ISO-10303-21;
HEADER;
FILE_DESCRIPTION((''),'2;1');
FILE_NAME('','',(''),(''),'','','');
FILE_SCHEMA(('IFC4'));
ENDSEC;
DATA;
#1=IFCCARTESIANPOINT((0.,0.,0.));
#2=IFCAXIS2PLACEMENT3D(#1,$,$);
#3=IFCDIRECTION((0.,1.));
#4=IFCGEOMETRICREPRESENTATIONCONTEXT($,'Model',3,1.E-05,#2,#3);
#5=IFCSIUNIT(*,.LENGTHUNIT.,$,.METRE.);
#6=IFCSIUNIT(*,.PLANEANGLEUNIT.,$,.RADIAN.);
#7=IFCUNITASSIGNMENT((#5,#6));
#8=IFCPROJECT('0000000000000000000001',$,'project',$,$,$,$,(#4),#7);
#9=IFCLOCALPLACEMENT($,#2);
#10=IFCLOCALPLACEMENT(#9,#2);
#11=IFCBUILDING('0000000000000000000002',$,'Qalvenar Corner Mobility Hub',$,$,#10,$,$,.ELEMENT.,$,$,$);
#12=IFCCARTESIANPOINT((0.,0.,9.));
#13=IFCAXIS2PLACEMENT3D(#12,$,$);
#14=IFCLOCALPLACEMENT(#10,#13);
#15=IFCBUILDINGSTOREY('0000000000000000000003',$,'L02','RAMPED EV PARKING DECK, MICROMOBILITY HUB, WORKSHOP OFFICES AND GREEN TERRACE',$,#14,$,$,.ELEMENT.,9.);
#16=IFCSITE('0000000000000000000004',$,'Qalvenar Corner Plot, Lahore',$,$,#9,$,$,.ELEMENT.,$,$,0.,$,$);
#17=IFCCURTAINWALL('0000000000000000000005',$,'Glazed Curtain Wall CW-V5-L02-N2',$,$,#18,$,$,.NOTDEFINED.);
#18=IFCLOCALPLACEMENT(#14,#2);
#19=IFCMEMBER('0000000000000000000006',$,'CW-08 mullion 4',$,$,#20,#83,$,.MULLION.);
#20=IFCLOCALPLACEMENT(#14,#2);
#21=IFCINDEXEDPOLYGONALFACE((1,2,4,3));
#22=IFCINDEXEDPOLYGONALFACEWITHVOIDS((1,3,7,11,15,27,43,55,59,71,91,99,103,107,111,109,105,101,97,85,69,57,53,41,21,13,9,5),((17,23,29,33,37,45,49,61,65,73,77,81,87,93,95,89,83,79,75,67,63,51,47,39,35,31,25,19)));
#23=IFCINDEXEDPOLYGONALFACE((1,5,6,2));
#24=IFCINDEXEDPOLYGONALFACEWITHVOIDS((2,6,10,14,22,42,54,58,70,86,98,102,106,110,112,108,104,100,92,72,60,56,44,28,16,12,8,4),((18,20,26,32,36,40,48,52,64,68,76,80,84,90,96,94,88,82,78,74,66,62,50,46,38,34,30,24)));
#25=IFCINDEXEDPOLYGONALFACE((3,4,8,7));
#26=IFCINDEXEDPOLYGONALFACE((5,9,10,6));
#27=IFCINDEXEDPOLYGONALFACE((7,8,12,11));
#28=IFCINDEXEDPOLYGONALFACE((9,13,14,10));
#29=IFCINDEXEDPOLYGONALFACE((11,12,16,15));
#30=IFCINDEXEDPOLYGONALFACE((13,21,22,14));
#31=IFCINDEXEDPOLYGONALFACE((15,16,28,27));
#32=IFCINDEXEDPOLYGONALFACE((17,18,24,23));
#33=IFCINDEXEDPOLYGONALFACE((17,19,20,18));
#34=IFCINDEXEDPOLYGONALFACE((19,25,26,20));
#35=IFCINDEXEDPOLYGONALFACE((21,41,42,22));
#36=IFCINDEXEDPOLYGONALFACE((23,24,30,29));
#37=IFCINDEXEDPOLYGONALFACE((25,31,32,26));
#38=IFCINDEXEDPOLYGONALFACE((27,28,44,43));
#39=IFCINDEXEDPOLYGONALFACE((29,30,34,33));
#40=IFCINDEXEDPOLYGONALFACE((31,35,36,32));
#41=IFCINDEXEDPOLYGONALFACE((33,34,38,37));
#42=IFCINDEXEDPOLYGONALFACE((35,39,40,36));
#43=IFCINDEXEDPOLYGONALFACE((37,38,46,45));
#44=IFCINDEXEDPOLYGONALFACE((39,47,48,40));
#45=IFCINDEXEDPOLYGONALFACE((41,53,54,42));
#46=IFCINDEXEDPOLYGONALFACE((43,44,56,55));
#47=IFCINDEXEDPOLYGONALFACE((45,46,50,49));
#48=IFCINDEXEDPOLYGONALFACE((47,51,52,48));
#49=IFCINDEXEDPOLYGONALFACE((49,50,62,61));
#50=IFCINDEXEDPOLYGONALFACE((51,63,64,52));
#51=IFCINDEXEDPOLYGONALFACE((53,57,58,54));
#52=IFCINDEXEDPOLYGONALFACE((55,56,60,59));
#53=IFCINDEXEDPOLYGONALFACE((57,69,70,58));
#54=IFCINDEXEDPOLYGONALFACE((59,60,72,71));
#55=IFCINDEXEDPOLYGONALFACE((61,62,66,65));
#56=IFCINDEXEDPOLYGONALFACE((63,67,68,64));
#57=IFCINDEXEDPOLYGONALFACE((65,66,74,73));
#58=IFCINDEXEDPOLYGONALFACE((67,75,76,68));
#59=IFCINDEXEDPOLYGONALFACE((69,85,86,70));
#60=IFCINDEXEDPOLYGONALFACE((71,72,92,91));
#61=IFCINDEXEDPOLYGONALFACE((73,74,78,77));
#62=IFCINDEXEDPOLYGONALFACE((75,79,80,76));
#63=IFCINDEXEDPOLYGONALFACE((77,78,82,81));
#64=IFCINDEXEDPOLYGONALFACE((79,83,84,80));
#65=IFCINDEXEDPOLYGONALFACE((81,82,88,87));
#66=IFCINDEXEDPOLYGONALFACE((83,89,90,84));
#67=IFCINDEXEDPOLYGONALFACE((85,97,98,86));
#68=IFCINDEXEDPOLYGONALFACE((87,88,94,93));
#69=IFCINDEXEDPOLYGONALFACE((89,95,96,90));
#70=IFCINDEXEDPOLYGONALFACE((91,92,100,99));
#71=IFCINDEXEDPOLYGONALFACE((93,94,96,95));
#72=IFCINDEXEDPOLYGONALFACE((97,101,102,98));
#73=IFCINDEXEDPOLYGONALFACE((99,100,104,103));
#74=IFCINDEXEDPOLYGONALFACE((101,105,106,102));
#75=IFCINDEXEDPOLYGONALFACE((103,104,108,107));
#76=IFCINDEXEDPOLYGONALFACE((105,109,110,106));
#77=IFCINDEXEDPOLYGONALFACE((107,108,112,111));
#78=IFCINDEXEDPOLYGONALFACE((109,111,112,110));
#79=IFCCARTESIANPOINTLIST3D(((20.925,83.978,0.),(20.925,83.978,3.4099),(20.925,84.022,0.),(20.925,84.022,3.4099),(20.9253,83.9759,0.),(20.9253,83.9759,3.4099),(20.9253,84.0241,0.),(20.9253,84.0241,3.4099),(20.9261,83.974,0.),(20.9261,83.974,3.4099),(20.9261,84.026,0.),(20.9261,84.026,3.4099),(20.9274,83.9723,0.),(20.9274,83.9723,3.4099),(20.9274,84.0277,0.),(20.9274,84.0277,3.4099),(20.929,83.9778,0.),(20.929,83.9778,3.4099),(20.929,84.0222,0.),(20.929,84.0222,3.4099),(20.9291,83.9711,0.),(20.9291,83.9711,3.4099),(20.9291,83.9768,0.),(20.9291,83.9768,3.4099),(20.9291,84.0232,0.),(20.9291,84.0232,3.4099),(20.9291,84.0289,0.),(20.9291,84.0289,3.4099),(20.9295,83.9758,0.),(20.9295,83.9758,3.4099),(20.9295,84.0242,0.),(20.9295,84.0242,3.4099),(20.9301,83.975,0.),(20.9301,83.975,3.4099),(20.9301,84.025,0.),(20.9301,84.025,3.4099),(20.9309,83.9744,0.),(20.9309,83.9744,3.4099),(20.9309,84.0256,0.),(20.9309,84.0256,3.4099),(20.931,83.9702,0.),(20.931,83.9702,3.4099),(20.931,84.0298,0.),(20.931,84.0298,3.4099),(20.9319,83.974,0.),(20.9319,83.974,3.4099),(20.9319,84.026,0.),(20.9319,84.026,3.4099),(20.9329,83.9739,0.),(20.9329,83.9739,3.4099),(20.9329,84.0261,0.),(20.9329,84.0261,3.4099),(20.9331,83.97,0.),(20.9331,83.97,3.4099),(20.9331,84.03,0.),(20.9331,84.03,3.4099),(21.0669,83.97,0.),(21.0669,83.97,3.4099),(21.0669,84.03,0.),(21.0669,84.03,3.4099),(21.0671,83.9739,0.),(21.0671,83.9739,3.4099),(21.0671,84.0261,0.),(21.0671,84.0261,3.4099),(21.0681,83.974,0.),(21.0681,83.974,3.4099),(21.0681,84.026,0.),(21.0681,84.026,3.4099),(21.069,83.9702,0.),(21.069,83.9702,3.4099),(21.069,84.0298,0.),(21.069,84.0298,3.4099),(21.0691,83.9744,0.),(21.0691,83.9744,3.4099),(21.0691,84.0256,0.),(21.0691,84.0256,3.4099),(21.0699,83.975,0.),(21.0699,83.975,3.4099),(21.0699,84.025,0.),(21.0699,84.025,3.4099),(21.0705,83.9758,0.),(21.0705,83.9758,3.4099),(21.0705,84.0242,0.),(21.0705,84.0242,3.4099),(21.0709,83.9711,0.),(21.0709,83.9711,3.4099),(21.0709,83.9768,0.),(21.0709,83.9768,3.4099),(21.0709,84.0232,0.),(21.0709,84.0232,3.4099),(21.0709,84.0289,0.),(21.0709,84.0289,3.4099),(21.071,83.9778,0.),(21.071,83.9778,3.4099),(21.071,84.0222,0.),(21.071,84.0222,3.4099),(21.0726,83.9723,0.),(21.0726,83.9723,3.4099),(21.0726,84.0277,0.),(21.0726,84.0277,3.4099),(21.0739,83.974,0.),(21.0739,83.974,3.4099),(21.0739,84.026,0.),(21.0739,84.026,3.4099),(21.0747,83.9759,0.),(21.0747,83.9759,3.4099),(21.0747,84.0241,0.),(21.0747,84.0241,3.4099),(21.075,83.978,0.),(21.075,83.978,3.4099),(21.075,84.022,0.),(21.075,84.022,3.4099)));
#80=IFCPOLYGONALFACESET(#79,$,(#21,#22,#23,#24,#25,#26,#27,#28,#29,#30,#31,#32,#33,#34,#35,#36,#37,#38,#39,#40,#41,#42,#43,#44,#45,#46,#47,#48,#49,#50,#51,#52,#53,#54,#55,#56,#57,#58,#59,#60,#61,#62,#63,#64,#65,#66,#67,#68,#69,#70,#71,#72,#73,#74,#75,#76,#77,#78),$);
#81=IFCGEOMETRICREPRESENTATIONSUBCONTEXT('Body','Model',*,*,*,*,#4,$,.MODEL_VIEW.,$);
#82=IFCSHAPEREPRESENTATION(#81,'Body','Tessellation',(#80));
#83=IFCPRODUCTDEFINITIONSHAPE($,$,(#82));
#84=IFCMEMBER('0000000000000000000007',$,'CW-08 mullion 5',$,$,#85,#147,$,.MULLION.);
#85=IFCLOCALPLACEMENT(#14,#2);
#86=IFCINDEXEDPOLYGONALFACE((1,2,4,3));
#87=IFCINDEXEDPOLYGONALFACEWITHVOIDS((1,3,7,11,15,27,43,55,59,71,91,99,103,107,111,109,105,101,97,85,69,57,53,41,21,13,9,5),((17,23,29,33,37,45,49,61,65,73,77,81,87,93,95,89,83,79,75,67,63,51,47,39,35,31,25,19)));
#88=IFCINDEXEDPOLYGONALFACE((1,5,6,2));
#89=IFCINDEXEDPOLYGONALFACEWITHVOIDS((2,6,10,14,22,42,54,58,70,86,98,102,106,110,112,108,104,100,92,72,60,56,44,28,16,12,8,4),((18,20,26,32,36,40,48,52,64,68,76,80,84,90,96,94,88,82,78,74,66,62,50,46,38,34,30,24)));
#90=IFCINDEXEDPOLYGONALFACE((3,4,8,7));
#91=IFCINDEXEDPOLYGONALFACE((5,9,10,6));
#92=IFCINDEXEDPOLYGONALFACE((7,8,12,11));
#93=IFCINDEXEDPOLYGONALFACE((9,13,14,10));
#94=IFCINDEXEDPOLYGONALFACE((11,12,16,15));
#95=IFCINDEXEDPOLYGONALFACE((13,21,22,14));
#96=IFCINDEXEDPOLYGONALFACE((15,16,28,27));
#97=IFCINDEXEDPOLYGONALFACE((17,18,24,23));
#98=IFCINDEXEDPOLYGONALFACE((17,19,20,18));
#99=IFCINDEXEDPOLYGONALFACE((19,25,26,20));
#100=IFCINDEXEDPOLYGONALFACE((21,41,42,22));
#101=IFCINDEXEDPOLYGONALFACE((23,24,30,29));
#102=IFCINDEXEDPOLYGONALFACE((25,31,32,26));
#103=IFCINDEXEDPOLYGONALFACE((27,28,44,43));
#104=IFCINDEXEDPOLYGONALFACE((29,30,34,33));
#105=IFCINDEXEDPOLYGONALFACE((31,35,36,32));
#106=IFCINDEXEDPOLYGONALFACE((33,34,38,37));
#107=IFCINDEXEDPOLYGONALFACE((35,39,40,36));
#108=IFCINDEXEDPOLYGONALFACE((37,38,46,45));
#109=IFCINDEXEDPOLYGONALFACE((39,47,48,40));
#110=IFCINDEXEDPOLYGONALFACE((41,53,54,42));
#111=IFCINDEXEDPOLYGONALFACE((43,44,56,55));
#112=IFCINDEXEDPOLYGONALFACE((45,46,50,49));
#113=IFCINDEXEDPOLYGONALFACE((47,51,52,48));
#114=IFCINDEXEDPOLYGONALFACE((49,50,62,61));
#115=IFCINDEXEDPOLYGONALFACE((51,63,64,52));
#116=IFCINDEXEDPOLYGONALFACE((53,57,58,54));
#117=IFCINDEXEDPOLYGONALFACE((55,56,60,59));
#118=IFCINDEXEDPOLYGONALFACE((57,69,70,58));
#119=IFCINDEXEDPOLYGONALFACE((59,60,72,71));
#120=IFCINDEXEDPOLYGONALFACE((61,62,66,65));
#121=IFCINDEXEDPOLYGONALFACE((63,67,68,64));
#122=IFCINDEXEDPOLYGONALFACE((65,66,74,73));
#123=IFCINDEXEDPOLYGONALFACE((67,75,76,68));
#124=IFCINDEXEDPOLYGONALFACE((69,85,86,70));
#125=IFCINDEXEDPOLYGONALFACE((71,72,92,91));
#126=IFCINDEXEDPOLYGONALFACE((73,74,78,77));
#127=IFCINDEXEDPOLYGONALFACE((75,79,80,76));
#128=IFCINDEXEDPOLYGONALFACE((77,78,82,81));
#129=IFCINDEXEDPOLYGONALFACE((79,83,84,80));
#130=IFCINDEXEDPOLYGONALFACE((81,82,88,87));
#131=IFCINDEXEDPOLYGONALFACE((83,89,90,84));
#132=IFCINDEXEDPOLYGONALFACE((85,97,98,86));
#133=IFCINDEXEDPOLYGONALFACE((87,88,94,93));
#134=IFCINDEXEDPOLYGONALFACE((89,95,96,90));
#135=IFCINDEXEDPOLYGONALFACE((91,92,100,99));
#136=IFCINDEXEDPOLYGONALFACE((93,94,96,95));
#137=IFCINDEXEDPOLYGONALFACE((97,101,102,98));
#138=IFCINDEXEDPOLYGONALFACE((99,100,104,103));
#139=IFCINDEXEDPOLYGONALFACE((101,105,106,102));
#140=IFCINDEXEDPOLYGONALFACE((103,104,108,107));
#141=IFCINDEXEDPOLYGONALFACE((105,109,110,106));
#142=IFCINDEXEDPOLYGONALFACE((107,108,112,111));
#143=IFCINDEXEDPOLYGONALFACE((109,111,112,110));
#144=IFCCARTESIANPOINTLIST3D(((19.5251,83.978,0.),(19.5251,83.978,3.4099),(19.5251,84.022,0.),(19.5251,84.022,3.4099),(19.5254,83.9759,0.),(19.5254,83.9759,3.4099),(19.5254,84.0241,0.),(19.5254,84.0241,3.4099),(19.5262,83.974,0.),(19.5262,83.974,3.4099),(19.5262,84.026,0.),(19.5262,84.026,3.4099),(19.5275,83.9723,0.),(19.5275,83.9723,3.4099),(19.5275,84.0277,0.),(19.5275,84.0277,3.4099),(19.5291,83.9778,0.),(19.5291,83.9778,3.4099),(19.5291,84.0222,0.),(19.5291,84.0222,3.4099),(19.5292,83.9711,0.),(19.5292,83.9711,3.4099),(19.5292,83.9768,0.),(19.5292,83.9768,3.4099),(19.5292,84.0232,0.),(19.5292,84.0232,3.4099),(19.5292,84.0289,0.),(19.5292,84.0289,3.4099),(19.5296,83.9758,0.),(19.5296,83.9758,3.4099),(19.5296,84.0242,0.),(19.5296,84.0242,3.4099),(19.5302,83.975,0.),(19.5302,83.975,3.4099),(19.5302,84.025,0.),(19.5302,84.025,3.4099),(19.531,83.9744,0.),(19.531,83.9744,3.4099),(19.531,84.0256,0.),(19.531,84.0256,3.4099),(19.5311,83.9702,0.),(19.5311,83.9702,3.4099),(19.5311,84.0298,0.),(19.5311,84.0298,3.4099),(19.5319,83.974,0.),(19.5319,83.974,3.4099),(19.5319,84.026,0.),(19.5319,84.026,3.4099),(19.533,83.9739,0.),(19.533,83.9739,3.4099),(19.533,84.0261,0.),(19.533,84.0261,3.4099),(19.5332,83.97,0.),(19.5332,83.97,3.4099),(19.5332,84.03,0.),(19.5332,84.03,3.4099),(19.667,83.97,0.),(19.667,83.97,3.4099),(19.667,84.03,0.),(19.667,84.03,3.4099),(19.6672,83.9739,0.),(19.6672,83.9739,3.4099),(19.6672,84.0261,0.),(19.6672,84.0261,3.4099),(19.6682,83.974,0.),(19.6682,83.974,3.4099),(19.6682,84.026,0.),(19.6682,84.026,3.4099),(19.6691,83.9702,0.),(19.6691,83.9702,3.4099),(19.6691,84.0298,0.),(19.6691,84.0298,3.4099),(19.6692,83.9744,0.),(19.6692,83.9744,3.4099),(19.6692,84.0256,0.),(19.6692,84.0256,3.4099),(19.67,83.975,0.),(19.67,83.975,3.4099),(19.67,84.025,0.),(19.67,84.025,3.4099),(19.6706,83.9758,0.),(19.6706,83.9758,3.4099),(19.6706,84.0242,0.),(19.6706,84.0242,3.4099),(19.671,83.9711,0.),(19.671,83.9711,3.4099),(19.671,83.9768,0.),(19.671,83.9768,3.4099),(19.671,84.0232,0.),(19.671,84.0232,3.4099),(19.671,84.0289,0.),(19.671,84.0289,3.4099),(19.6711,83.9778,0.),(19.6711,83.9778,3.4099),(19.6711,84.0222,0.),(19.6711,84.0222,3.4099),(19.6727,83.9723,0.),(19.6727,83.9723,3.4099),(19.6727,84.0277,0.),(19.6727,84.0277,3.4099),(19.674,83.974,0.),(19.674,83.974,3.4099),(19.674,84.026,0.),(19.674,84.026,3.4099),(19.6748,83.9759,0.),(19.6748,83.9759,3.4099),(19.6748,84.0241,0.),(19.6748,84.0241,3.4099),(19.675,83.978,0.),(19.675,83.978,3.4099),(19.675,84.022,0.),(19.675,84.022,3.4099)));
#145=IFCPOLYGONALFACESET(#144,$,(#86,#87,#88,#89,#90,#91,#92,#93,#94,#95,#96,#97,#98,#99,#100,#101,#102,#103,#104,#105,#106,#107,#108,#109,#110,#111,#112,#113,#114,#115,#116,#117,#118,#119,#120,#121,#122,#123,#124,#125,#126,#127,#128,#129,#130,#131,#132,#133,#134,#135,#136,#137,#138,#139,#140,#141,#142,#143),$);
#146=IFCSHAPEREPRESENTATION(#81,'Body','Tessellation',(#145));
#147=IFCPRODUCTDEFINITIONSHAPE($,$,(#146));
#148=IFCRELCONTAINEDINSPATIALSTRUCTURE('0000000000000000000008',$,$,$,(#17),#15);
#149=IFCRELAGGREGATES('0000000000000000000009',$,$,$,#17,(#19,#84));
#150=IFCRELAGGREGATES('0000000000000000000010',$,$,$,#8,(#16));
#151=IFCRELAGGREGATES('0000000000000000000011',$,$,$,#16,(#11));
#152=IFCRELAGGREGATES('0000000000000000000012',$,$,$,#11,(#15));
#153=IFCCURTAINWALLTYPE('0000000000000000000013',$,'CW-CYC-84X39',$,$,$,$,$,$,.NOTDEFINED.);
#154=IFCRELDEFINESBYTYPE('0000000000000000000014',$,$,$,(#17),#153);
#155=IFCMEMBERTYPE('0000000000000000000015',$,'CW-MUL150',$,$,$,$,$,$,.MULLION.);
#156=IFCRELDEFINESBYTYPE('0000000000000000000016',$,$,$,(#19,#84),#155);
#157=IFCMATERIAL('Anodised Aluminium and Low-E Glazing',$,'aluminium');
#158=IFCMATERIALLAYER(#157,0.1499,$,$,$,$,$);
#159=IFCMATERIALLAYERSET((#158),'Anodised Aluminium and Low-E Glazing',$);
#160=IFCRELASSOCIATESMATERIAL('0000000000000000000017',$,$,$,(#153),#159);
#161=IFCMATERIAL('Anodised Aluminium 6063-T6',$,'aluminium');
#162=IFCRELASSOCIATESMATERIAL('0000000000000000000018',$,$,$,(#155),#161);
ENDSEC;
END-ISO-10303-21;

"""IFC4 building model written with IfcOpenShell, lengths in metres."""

from ifc_helpers import new_model, si_unit, direction, frame, origin, origin_2d, place, context, subcontext, project, spatial, hollow_rectangle, extrude, material, layer, layer_set, material_profile, profile_set, type_object, element, aggregate, save


model = new_model("IFC4")

# Units and contexts
model_context = context("Model", 3, precision=1e-05, world=origin(), true_north=direction((0.0, 1.0)))
body_context = subcontext(model_context, "Body", "Model", "MODEL_VIEW")
ifc_project = project(units=[si_unit("LENGTHUNIT", "METRE"), si_unit("PLANEANGLEUNIT", "RADIAN")], contexts=[model_context])

# Site, building, storey
site_placement = place(None, origin())
site = spatial("IfcSite", under=ifc_project, at=site_placement, Name="Qalvenar Corner Plot, Lahore", CompositionType="ELEMENT", RefElevation=0.0)
building_placement = place(site_placement, origin())
building = spatial("IfcBuilding", under=site, at=building_placement, Name="Qalvenar Corner Mobility Hub", CompositionType="ELEMENT")
storey_placement = place(building_placement, frame((0.0, 0.0, 9.0)))
storey = spatial("IfcBuildingStorey", under=building, at=storey_placement, Name="L02", Description="RAMPED EV PARKING DECK, MICROMOBILITY HUB, WORKSHOP OFFICES AND GREEN TERRACE", CompositionType="ELEMENT", Elevation=9.0)

# Shared definitions
ifc_material_1 = material(Name="Anodised Aluminium and Low-E Glazing", Category="aluminium")
ifc_layer_1 = layer(ifc_material_1, 0.1499)
ifc_layer_set_1 = layer_set([ifc_layer_1], Name="Anodised Aluminium and Low-E Glazing")
curtain_wall_type = type_object("IfcCurtainWallType", Name="CW-CYC-84X39", PredefinedType="NOTDEFINED", material=ifc_layer_set_1)
ifc_material_2 = material(Name="Anodised Aluminium 6063-T6", Category="aluminium")
ifc_material_profile_1 = material_profile(ifc_material_2, hollow_rectangle(XDim=0.0601, YDim=0.1499, WallThickness=0.0039, InnerFilletRadius=0.0039, OuterFilletRadius=0.0081, at=origin_2d()), Name="RHS150x60x4")
ifc_profile_set_1 = profile_set([ifc_material_profile_1], Name="Anodised Aluminium 6063-T6")
member_type_1 = type_object("IfcMemberType", Name="CW-MUL150", PredefinedType="MULLION", material=ifc_profile_set_1)

# Curtain wall, members
curtain_wall_1_placement = place(storey_placement, origin())
curtain_wall_1 = element("IfcCurtainWall", 1, at=curtain_wall_1_placement, inside=storey, type_object=curtain_wall_type, Name="Glazed Curtain Wall CW-V5-L02-N2", PredefinedType="NOTDEFINED")
member_1_placement = place(storey_placement, frame((21.0, 84.0, 0.0), z_axis=(0.0, 0.0, 1.0), x_axis=(0.0, -1.0, 0.0)))
member_1 = element("IfcMember", 2, at=member_1_placement, type_object=member_type_1, Name="CW-08 mullion 4", PredefinedType="MULLION", context=body_context, shape_type="SweptSolid", body=[
    extrude(hollow_rectangle(XDim=0.0601, YDim=0.1499, WallThickness=0.0039, InnerFilletRadius=0.0039, OuterFilletRadius=0.0081, at=origin_2d()), origin(), (0.0, 0.0, 1.0), 3.4099),
])
member_2_placement = place(storey_placement, frame((19.6001, 84.0, 0.0), z_axis=(0.0, 0.0, 1.0), x_axis=(0.0, -1.0, 0.0)))
member_2 = element("IfcMember", 3, at=member_2_placement, type_object=member_type_1, Name="CW-08 mullion 5", PredefinedType="MULLION", context=body_context, shape_type="SweptSolid", body=[
    extrude(hollow_rectangle(XDim=0.0601, YDim=0.1499, WallThickness=0.0039, InnerFilletRadius=0.0039, OuterFilletRadius=0.0081, at=origin_2d()), origin(), (0.0, 0.0, 1.0), 3.4099),
])

aggregate(curtain_wall_1, [member_1, member_2])

save(model, "model.ifc")
